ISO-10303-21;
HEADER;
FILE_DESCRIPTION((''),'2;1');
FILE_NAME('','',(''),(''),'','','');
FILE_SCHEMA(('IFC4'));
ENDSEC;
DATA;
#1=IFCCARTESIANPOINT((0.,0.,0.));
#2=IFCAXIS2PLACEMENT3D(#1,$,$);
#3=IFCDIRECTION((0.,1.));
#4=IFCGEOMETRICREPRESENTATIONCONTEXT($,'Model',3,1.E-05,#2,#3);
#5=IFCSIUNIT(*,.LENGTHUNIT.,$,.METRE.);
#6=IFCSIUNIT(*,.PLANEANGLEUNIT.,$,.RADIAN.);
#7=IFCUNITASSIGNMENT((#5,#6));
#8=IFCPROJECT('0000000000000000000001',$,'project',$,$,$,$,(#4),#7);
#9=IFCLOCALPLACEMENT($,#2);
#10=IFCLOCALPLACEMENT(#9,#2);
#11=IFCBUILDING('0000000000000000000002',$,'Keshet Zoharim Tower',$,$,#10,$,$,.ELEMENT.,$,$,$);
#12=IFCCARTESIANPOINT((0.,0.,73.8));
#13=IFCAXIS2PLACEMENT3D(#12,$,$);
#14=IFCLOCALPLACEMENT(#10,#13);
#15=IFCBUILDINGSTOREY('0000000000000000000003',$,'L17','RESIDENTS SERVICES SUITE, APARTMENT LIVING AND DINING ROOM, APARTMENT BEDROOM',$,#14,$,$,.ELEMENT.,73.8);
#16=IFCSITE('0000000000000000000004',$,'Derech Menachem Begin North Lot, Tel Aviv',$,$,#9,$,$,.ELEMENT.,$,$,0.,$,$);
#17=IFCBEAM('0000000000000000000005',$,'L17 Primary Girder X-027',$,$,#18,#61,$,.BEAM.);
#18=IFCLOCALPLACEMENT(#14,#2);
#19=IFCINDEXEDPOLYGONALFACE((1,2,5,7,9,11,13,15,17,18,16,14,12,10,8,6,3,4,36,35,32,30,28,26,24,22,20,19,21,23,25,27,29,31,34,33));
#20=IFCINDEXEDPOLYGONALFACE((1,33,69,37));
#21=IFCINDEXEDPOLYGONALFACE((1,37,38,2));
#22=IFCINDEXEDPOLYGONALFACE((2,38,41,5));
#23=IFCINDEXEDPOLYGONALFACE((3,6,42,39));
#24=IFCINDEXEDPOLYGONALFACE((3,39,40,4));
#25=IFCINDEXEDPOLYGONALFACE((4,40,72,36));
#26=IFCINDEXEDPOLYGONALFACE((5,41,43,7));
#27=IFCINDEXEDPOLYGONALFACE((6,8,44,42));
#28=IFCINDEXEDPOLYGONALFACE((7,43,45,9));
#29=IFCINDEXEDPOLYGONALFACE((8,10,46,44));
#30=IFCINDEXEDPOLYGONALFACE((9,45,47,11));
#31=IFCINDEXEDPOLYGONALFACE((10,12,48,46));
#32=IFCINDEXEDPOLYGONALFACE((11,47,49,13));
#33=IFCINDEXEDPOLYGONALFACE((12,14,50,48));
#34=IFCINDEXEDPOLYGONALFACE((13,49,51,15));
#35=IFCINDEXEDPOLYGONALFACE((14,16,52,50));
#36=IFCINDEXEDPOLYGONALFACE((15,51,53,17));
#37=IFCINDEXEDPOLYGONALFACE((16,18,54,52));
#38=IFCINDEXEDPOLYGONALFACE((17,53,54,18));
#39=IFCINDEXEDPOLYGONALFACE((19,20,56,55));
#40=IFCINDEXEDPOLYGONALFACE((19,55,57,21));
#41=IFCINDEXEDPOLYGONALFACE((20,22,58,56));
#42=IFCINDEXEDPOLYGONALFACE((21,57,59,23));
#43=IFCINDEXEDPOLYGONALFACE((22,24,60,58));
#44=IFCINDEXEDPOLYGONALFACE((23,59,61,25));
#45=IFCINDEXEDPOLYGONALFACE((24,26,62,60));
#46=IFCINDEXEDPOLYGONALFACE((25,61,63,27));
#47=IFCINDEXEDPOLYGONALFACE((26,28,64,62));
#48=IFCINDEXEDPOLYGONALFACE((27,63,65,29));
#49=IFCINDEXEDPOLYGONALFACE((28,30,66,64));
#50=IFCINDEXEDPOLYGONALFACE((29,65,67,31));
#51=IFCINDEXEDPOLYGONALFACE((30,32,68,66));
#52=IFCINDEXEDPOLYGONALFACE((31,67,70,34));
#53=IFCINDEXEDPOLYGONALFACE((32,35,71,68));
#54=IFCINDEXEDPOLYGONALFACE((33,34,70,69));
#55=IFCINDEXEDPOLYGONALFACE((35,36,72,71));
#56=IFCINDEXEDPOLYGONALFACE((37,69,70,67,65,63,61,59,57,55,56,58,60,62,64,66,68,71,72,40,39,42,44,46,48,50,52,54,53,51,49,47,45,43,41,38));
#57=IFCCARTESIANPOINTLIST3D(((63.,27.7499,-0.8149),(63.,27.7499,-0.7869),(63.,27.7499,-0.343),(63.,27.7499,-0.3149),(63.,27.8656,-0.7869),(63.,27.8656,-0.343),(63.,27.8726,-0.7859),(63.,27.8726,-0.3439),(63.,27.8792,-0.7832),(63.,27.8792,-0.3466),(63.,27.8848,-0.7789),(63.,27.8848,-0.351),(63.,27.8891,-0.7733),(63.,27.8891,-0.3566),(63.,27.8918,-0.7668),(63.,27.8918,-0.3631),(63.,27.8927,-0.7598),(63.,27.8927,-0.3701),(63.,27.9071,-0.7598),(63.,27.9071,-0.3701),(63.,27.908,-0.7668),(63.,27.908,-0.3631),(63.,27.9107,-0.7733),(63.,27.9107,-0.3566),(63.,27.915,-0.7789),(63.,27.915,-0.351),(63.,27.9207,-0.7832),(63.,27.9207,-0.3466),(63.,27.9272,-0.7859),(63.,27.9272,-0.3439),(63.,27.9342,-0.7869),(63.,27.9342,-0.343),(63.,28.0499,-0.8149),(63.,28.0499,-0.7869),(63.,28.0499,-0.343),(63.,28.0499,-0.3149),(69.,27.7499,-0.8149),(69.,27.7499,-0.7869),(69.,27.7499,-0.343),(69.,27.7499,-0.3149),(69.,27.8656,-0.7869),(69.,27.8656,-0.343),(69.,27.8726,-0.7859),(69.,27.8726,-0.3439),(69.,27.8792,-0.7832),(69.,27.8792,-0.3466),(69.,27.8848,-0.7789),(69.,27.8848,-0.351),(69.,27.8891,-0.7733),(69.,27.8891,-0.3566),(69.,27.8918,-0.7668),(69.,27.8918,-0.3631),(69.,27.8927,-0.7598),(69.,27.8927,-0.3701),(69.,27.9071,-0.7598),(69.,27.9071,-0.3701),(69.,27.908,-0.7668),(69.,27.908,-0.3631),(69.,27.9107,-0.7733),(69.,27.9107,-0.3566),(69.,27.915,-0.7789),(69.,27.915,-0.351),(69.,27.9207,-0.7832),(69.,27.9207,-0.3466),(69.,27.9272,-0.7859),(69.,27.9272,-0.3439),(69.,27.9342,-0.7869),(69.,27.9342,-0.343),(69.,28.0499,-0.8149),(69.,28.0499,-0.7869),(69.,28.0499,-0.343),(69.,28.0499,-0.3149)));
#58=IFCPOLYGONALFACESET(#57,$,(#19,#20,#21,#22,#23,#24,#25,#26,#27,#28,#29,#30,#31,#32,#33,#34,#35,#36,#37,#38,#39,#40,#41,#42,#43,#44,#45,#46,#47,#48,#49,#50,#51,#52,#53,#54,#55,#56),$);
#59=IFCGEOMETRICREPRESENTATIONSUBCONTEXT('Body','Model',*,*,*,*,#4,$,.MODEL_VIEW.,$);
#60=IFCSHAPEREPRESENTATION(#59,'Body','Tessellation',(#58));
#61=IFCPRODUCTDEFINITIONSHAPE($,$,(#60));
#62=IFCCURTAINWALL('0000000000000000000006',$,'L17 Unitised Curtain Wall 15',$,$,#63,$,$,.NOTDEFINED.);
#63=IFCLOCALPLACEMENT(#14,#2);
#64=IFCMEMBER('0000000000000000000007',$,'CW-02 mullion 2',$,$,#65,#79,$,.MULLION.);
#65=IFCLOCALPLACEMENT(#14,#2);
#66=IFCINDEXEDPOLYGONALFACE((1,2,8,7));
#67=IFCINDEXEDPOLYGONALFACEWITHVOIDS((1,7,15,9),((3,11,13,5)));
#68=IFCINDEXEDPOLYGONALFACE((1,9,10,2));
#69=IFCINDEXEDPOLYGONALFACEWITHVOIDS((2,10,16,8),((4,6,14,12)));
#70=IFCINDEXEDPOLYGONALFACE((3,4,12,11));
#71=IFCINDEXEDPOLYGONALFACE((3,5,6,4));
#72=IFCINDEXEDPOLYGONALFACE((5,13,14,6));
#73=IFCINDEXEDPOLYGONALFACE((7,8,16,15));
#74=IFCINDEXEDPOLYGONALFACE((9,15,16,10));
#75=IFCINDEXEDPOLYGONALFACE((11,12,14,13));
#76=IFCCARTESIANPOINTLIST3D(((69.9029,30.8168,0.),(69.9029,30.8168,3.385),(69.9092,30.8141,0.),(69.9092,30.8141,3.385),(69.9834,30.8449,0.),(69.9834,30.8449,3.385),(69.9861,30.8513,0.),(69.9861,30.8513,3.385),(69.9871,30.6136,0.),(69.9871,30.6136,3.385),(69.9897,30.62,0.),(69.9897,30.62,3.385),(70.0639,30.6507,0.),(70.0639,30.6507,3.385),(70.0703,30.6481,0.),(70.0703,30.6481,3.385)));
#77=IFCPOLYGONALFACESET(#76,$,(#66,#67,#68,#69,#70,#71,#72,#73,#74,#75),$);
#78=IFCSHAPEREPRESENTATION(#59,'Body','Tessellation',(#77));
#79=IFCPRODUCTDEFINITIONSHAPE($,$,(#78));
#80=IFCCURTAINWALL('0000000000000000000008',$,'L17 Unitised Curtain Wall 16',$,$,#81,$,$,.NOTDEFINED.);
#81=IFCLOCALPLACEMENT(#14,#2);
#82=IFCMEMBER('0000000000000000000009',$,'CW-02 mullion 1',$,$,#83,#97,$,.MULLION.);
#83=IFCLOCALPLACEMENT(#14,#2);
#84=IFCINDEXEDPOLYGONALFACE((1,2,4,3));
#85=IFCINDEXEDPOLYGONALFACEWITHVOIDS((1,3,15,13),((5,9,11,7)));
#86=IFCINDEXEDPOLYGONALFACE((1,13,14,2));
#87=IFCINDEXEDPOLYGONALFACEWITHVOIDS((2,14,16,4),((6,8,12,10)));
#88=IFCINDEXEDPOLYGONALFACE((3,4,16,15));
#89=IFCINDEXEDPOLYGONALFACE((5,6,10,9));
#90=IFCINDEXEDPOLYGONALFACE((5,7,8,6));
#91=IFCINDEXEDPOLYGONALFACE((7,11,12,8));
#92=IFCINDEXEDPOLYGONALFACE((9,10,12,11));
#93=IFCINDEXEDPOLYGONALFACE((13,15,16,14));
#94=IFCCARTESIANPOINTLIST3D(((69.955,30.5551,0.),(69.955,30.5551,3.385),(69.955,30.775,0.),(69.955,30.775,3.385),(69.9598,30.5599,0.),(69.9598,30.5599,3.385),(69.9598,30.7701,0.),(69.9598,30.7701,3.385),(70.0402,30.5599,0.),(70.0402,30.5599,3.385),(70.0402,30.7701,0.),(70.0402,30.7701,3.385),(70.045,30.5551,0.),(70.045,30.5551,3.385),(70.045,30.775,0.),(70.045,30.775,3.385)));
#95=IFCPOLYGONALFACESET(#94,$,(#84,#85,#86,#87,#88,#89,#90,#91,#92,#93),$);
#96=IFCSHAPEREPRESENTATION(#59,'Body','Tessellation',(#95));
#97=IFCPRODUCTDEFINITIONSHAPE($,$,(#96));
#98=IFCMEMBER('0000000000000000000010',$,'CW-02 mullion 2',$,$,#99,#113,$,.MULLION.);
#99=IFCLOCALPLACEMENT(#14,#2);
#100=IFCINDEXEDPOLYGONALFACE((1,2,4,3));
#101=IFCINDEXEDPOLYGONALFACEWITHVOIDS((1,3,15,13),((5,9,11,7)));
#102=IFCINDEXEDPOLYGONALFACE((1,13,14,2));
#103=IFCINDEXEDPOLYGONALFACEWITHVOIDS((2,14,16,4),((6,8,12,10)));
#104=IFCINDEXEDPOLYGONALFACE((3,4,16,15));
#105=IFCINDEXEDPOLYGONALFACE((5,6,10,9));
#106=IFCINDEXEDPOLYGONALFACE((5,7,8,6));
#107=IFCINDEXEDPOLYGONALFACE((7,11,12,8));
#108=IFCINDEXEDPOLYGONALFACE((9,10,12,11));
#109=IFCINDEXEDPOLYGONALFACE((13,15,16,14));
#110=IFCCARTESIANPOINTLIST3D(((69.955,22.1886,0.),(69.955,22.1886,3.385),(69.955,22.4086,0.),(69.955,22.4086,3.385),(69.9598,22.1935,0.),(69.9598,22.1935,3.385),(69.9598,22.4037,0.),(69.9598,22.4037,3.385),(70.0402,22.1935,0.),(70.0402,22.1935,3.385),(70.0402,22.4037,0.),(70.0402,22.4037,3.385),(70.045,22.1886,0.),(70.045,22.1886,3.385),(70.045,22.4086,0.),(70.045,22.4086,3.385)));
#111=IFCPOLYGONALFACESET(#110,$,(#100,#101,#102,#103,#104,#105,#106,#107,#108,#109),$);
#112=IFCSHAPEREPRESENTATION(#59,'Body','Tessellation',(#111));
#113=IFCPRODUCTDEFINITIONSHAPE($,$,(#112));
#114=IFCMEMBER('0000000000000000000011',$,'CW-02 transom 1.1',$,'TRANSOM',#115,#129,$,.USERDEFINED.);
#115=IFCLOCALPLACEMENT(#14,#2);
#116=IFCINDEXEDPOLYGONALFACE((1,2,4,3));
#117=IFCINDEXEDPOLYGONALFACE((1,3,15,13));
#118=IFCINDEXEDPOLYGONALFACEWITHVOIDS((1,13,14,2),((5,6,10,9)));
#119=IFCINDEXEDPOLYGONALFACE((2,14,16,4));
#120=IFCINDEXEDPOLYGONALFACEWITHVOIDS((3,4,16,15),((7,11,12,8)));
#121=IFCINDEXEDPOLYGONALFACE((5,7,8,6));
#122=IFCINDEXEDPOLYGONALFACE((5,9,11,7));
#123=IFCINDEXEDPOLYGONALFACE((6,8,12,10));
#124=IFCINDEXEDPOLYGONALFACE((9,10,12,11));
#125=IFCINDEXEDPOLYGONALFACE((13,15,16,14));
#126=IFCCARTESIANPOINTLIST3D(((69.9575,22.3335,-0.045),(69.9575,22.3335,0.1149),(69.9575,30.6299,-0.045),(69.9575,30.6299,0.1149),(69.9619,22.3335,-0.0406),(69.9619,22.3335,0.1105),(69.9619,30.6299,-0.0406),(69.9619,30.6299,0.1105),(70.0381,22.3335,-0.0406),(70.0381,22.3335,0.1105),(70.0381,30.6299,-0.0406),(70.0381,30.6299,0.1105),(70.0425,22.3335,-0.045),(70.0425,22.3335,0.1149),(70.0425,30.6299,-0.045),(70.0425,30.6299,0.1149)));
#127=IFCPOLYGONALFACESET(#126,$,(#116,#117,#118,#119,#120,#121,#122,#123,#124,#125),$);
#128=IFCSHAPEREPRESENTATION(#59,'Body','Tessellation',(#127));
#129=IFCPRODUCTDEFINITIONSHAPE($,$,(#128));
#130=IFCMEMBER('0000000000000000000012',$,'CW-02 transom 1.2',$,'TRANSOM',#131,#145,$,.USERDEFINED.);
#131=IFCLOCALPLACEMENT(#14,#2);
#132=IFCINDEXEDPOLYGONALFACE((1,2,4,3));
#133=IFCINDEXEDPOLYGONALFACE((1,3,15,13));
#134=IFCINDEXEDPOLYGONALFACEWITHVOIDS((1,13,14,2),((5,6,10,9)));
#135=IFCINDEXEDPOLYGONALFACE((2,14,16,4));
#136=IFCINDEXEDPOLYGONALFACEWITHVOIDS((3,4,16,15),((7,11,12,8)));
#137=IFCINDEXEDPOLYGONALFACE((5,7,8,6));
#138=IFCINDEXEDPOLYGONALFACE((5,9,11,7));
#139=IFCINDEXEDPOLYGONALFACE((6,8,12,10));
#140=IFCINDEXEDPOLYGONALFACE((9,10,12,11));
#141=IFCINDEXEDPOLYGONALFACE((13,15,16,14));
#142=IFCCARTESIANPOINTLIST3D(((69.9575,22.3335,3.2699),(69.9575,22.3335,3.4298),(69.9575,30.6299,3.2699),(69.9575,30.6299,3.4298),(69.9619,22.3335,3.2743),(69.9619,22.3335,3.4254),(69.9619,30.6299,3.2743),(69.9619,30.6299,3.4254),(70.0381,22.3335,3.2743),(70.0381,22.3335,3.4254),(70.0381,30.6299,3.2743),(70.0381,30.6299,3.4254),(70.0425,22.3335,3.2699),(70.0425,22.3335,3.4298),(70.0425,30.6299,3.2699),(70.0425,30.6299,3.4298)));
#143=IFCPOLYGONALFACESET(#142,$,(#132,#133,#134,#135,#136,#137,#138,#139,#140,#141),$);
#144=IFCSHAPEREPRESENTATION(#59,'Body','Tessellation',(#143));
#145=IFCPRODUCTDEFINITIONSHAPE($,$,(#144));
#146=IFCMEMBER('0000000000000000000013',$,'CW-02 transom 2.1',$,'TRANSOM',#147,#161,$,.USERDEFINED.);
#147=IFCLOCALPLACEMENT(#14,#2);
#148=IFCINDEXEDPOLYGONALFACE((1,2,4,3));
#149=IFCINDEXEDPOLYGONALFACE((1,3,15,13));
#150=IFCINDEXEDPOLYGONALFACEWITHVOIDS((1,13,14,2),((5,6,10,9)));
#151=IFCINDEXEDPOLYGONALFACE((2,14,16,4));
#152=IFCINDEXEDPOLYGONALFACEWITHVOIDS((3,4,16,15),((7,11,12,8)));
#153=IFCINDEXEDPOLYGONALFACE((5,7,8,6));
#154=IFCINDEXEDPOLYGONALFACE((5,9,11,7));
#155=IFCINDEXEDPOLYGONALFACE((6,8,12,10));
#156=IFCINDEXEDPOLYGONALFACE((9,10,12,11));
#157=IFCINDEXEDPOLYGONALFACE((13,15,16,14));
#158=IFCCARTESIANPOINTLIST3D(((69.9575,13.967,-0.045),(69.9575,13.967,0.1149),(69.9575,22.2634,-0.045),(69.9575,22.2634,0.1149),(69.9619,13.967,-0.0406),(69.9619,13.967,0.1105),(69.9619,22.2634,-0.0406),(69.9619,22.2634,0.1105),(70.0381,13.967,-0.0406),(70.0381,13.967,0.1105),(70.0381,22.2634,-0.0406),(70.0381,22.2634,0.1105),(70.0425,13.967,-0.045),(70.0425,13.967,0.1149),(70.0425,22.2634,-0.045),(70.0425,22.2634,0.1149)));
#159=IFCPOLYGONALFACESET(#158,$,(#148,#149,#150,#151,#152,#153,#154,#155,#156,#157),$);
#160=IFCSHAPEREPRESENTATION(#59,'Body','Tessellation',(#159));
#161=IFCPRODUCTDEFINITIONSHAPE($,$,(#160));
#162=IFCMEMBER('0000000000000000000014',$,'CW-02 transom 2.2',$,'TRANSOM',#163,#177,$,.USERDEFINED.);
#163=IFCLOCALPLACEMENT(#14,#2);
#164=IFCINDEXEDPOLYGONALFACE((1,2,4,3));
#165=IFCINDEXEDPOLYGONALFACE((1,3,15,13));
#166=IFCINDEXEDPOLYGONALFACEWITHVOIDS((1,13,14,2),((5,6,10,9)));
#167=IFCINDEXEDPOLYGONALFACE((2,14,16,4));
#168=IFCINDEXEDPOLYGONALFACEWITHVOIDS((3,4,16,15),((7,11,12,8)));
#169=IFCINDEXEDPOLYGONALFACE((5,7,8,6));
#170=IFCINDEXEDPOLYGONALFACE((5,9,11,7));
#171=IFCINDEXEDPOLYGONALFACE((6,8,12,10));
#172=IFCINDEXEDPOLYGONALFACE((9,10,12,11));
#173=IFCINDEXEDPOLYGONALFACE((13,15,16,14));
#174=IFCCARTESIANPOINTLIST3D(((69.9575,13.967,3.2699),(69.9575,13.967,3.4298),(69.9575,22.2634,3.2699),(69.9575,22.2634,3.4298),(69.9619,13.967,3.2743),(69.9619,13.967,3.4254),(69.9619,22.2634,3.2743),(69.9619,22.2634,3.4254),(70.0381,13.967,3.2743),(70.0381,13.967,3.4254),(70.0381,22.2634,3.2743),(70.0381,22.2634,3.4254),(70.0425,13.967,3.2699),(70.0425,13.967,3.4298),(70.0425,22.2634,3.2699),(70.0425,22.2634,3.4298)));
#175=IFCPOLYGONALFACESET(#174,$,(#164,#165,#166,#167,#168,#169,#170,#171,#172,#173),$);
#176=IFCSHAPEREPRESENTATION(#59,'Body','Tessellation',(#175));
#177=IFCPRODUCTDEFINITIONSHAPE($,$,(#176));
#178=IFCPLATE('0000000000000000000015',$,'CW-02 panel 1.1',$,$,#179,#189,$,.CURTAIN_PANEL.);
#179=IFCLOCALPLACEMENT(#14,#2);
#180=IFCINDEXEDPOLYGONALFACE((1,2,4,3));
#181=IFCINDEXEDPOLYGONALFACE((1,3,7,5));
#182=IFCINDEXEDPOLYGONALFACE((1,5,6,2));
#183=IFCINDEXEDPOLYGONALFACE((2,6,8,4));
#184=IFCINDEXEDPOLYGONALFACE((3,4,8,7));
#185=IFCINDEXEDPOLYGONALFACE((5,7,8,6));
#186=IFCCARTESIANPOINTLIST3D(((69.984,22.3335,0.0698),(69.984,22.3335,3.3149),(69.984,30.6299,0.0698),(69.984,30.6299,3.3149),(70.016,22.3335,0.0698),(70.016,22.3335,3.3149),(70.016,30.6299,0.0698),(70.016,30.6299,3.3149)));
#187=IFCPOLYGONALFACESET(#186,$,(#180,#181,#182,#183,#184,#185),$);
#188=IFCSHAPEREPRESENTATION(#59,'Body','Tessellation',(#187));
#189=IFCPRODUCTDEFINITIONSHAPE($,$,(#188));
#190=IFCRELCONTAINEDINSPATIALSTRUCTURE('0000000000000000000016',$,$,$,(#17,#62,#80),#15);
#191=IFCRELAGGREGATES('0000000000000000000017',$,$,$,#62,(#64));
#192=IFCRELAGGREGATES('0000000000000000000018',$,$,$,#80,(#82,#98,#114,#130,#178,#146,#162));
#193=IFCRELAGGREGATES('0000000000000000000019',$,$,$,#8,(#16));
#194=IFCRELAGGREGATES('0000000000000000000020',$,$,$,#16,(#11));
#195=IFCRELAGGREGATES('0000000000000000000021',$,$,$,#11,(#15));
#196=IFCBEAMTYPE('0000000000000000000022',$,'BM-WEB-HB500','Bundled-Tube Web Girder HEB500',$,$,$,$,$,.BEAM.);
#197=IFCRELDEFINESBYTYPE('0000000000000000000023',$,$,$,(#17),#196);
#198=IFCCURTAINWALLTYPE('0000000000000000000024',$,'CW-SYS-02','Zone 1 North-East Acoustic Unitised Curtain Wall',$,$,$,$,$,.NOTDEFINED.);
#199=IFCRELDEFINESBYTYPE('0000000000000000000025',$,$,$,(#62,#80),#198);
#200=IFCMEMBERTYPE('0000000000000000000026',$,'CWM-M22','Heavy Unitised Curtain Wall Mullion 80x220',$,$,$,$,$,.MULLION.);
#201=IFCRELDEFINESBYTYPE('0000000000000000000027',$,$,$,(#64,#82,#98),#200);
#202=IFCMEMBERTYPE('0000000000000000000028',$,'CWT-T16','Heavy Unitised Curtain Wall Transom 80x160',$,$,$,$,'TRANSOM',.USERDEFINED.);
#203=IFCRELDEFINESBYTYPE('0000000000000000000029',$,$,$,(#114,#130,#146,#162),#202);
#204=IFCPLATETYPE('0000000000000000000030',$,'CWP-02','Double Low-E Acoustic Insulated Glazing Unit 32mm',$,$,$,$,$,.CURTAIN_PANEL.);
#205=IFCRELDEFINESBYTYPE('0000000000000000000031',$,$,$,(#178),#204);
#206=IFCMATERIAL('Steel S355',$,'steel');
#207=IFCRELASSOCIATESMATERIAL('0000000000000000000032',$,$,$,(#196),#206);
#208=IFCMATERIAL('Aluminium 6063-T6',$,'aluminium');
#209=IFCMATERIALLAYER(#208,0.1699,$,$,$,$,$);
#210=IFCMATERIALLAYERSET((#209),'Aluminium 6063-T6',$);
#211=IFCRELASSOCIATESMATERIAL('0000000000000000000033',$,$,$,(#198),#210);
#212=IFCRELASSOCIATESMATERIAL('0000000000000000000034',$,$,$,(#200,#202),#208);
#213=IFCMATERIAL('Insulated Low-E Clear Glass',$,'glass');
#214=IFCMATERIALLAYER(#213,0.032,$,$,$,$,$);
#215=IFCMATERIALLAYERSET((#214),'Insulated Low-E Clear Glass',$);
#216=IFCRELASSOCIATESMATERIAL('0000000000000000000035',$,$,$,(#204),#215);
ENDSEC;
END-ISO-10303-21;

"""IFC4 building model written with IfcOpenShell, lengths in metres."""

from ifc_helpers import new_model, si_unit, direction, frame, origin, origin_2d, place, context, subcontext, project, spatial, rectangle, hollow_rectangle, i_section, extrude, material, layer, layer_set, material_profile, profile_set, type_object, element, aggregate, save


model = new_model("IFC4")

# Units and contexts
model_context = context("Model", 3, precision=1e-05, world=origin(), true_north=direction((0.0, 1.0)))
body_context = subcontext(model_context, "Body", "Model", "MODEL_VIEW")
ifc_project = project(units=[si_unit("LENGTHUNIT", "METRE"), si_unit("PLANEANGLEUNIT", "RADIAN")], contexts=[model_context])

# Site, building, storey
site_placement = place(None, origin())
site = spatial("IfcSite", under=ifc_project, at=site_placement, Name="Derech Menachem Begin North Lot, Tel Aviv", CompositionType="ELEMENT", RefElevation=0.0)
building_placement = place(site_placement, origin())
building = spatial("IfcBuilding", under=site, at=building_placement, Name="Keshet Zoharim Tower", CompositionType="ELEMENT")
storey_placement = place(building_placement, frame((0.0, 0.0, 73.8)))
storey = spatial("IfcBuildingStorey", under=building, at=storey_placement, Name="L17", Description="RESIDENTS SERVICES SUITE, APARTMENT LIVING AND DINING ROOM, APARTMENT BEDROOM", CompositionType="ELEMENT", Elevation=73.8)

# Shared definitions
ifc_material_1 = material(Name="Steel S355", Category="steel")

# Beam
ifc_material_profile_1 = material_profile(ifc_material_1, i_section(OverallWidth=0.3, OverallDepth=0.5, WebThickness=0.0144, FlangeThickness=0.0281, FilletRadius=0.0271, at=origin_2d()), Name="HEB500")
ifc_profile_set_1 = profile_set([ifc_material_profile_1], Name="Steel S355")
beam_type_1 = type_object("IfcBeamType", Name="BM-WEB-HB500", Description="Bundled-Tube Web Girder HEB500", PredefinedType="BEAM", material=ifc_profile_set_1)
for number, where, z_axis, x_axis, name in (
    (1, (63.0, 27.8999, -0.5649), (1.0, 0.0, 0.0), (0.0, 1.0, 0.0), "L17 Primary Girder X-027"),
):
    element("IfcBeam", number, at=place(storey_placement, frame(where, z_axis=z_axis, x_axis=x_axis)), inside=storey, type_object=beam_type_1, Name=name, PredefinedType="BEAM", context=body_context, shape_type="SweptSolid", body=[
        extrude(i_section(OverallWidth=0.3, OverallDepth=0.5, WebThickness=0.0144, FlangeThickness=0.0281, FilletRadius=0.0271, at=origin_2d()), origin(), (0.0, 0.0, 1.0), 6.0),
    ])

# Curtain wall, member
ifc_material_2 = material(Name="Aluminium 6063-T6", Category="aluminium")
ifc_layer_1 = layer(ifc_material_2, 0.1699)
ifc_layer_set_1 = layer_set([ifc_layer_1], Name="Aluminium 6063-T6")
curtain_wall_type = type_object("IfcCurtainWallType", Name="CW-SYS-02", Description="Zone 1 North-East Acoustic Unitised Curtain Wall", PredefinedType="NOTDEFINED", material=ifc_layer_set_1)
curtain_wall_1_placement = place(storey_placement, origin())
curtain_wall_1 = element("IfcCurtainWall", 2, at=curtain_wall_1_placement, inside=storey, type_object=curtain_wall_type, Name="L17 Unitised Curtain Wall 15", PredefinedType="NOTDEFINED")
ifc_material_profile_2 = material_profile(ifc_material_2, hollow_rectangle(XDim=0.0901, YDim=0.22, WallThickness=0.0049, at=origin_2d()), Name="MUL-90x220")
ifc_profile_set_2 = profile_set([ifc_material_profile_2], Name="Aluminium 6063-T6")
member_type_1 = type_object("IfcMemberType", Name="CWM-M22", Description="Heavy Unitised Curtain Wall Mullion 80x220", PredefinedType="MULLION", material=ifc_profile_set_2)
member_1_placement = place(storey_placement, frame((69.9866, 30.7324, 0.0), z_axis=(0.0, 0.0, 1.0), x_axis=(0.92381, 0.382852, 0.0)))
member_1 = element("IfcMember", 3, at=member_1_placement, type_object=member_type_1, Name="CW-02 mullion 2", PredefinedType="MULLION", context=body_context, shape_type="SweptSolid", body=[
    extrude(hollow_rectangle(XDim=0.0901, YDim=0.22, WallThickness=0.0049, at=origin_2d()), origin(), (0.0, 0.0, 1.0), 3.385),
])
aggregate(curtain_wall_1, [member_1])

# Curtain wall, members, plate
curtain_wall_2_placement = place(storey_placement, origin())
curtain_wall_2 = element("IfcCurtainWall", 4, at=curtain_wall_2_placement, inside=storey, type_object=curtain_wall_type, Name="L17 Unitised Curtain Wall 16", PredefinedType="NOTDEFINED")
member_2_placement = place(storey_placement, frame((70.0, 30.665, 0.0), z_axis=(0.0, 0.0, 1.0), x_axis=(1.0, 0.0, 0.0)))
member_2 = element("IfcMember", 5, at=member_2_placement, type_object=member_type_1, Name="CW-02 mullion 1", PredefinedType="MULLION", context=body_context, shape_type="SweptSolid", body=[
    extrude(hollow_rectangle(XDim=0.0901, YDim=0.22, WallThickness=0.0049, at=origin_2d()), origin(), (0.0, 0.0, 1.0), 3.385),
])
member_3_placement = place(storey_placement, frame((70.0, 22.2986, 0.0), z_axis=(0.0, 0.0, 1.0), x_axis=(1.0, 0.0, 0.0)))
member_3 = element("IfcMember", 6, at=member_3_placement, type_object=member_type_1, Name="CW-02 mullion 2", PredefinedType="MULLION", context=body_context, shape_type="SweptSolid", body=[
    extrude(hollow_rectangle(XDim=0.0901, YDim=0.22, WallThickness=0.0049, at=origin_2d()), origin(), (0.0, 0.0, 1.0), 3.385),
])
ifc_material_profile_3 = material_profile(ifc_material_2, hollow_rectangle(XDim=0.085, YDim=0.1599, WallThickness=0.0044, at=origin_2d()), Name="TRN-85x160")
ifc_profile_set_3 = profile_set([ifc_material_profile_3], Name="Aluminium 6063-T6")
member_type_2 = type_object("IfcMemberType", Name="CWT-T16", Description="Heavy Unitised Curtain Wall Transom 80x160", ElementType="TRANSOM", PredefinedType="USERDEFINED", material=ifc_profile_set_3)
member_4_placement = place(storey_placement, frame((70.0, 30.6299, 0.0349), z_axis=(0.0, -1.0, 0.0), x_axis=(1.0, 0.0, 0.0)))
member_4 = element("IfcMember", 7, at=member_4_placement, type_object=member_type_2, Name="CW-02 transom 1.1", ObjectType="TRANSOM", PredefinedType="USERDEFINED", context=body_context, shape_type="SweptSolid", body=[
    extrude(hollow_rectangle(XDim=0.085, YDim=0.1599, WallThickness=0.0044, at=origin_2d()), origin(), (0.0, 0.0, 1.0), 8.2964),
])
member_5_placement = place(storey_placement, frame((70.0, 30.6299, 3.3499), z_axis=(0.0, -1.0, 0.0), x_axis=(1.0, 0.0, 0.0)))
member_5 = element("IfcMember", 8, at=member_5_placement, type_object=member_type_2, Name="CW-02 transom 1.2", ObjectType="TRANSOM", PredefinedType="USERDEFINED", context=body_context, shape_type="SweptSolid", body=[
    extrude(hollow_rectangle(XDim=0.085, YDim=0.1599, WallThickness=0.0044, at=origin_2d()), origin(), (0.0, 0.0, 1.0), 8.2964),
])
member_6_placement = place(storey_placement, frame((70.0, 22.2634, 0.0349), z_axis=(0.0, -1.0, 0.0), x_axis=(1.0, 0.0, 0.0)))
member_6 = element("IfcMember", 9, at=member_6_placement, type_object=member_type_2, Name="CW-02 transom 2.1", ObjectType="TRANSOM", PredefinedType="USERDEFINED", context=body_context, shape_type="SweptSolid", body=[
    extrude(hollow_rectangle(XDim=0.085, YDim=0.1599, WallThickness=0.0044, at=origin_2d()), origin(), (0.0, 0.0, 1.0), 8.2964),
])
member_7_placement = place(storey_placement, frame((70.0, 22.2634, 3.3499), z_axis=(0.0, -1.0, 0.0), x_axis=(1.0, 0.0, 0.0)))
member_7 = element("IfcMember", 10, at=member_7_placement, type_object=member_type_2, Name="CW-02 transom 2.2", ObjectType="TRANSOM", PredefinedType="USERDEFINED", context=body_context, shape_type="SweptSolid", body=[
    extrude(hollow_rectangle(XDim=0.085, YDim=0.1599, WallThickness=0.0044, at=origin_2d()), origin(), (0.0, 0.0, 1.0), 8.2964),
])
ifc_material_3 = material(Name="Insulated Low-E Clear Glass", Category="glass")
ifc_layer_2 = layer(ifc_material_3, 0.032)
ifc_layer_set_2 = layer_set([ifc_layer_2], Name="Insulated Low-E Clear Glass")
plate_type = type_object("IfcPlateType", Name="CWP-02", Description="Double Low-E Acoustic Insulated Glazing Unit 32mm", PredefinedType="CURTAIN_PANEL", material=ifc_layer_set_2)
plate_1_placement = place(storey_placement, frame((70.0, 26.4817, 0.0698), z_axis=(0.0, 0.0, 1.0), x_axis=(0.0, -1.0, 0.0)))
plate_1 = element("IfcPlate", 11, at=plate_1_placement, type_object=plate_type, Name="CW-02 panel 1.1", PredefinedType="CURTAIN_PANEL", context=body_context, shape_type="SweptSolid", body=[
    extrude(rectangle(XDim=8.2964, YDim=0.032, at=origin_2d()), origin(), (0.0, 0.0, 1.0), 3.2451),
])
aggregate(curtain_wall_2, [member_2, member_3, member_4, member_5, plate_1, member_6, member_7])

save(model, "model.ifc")
